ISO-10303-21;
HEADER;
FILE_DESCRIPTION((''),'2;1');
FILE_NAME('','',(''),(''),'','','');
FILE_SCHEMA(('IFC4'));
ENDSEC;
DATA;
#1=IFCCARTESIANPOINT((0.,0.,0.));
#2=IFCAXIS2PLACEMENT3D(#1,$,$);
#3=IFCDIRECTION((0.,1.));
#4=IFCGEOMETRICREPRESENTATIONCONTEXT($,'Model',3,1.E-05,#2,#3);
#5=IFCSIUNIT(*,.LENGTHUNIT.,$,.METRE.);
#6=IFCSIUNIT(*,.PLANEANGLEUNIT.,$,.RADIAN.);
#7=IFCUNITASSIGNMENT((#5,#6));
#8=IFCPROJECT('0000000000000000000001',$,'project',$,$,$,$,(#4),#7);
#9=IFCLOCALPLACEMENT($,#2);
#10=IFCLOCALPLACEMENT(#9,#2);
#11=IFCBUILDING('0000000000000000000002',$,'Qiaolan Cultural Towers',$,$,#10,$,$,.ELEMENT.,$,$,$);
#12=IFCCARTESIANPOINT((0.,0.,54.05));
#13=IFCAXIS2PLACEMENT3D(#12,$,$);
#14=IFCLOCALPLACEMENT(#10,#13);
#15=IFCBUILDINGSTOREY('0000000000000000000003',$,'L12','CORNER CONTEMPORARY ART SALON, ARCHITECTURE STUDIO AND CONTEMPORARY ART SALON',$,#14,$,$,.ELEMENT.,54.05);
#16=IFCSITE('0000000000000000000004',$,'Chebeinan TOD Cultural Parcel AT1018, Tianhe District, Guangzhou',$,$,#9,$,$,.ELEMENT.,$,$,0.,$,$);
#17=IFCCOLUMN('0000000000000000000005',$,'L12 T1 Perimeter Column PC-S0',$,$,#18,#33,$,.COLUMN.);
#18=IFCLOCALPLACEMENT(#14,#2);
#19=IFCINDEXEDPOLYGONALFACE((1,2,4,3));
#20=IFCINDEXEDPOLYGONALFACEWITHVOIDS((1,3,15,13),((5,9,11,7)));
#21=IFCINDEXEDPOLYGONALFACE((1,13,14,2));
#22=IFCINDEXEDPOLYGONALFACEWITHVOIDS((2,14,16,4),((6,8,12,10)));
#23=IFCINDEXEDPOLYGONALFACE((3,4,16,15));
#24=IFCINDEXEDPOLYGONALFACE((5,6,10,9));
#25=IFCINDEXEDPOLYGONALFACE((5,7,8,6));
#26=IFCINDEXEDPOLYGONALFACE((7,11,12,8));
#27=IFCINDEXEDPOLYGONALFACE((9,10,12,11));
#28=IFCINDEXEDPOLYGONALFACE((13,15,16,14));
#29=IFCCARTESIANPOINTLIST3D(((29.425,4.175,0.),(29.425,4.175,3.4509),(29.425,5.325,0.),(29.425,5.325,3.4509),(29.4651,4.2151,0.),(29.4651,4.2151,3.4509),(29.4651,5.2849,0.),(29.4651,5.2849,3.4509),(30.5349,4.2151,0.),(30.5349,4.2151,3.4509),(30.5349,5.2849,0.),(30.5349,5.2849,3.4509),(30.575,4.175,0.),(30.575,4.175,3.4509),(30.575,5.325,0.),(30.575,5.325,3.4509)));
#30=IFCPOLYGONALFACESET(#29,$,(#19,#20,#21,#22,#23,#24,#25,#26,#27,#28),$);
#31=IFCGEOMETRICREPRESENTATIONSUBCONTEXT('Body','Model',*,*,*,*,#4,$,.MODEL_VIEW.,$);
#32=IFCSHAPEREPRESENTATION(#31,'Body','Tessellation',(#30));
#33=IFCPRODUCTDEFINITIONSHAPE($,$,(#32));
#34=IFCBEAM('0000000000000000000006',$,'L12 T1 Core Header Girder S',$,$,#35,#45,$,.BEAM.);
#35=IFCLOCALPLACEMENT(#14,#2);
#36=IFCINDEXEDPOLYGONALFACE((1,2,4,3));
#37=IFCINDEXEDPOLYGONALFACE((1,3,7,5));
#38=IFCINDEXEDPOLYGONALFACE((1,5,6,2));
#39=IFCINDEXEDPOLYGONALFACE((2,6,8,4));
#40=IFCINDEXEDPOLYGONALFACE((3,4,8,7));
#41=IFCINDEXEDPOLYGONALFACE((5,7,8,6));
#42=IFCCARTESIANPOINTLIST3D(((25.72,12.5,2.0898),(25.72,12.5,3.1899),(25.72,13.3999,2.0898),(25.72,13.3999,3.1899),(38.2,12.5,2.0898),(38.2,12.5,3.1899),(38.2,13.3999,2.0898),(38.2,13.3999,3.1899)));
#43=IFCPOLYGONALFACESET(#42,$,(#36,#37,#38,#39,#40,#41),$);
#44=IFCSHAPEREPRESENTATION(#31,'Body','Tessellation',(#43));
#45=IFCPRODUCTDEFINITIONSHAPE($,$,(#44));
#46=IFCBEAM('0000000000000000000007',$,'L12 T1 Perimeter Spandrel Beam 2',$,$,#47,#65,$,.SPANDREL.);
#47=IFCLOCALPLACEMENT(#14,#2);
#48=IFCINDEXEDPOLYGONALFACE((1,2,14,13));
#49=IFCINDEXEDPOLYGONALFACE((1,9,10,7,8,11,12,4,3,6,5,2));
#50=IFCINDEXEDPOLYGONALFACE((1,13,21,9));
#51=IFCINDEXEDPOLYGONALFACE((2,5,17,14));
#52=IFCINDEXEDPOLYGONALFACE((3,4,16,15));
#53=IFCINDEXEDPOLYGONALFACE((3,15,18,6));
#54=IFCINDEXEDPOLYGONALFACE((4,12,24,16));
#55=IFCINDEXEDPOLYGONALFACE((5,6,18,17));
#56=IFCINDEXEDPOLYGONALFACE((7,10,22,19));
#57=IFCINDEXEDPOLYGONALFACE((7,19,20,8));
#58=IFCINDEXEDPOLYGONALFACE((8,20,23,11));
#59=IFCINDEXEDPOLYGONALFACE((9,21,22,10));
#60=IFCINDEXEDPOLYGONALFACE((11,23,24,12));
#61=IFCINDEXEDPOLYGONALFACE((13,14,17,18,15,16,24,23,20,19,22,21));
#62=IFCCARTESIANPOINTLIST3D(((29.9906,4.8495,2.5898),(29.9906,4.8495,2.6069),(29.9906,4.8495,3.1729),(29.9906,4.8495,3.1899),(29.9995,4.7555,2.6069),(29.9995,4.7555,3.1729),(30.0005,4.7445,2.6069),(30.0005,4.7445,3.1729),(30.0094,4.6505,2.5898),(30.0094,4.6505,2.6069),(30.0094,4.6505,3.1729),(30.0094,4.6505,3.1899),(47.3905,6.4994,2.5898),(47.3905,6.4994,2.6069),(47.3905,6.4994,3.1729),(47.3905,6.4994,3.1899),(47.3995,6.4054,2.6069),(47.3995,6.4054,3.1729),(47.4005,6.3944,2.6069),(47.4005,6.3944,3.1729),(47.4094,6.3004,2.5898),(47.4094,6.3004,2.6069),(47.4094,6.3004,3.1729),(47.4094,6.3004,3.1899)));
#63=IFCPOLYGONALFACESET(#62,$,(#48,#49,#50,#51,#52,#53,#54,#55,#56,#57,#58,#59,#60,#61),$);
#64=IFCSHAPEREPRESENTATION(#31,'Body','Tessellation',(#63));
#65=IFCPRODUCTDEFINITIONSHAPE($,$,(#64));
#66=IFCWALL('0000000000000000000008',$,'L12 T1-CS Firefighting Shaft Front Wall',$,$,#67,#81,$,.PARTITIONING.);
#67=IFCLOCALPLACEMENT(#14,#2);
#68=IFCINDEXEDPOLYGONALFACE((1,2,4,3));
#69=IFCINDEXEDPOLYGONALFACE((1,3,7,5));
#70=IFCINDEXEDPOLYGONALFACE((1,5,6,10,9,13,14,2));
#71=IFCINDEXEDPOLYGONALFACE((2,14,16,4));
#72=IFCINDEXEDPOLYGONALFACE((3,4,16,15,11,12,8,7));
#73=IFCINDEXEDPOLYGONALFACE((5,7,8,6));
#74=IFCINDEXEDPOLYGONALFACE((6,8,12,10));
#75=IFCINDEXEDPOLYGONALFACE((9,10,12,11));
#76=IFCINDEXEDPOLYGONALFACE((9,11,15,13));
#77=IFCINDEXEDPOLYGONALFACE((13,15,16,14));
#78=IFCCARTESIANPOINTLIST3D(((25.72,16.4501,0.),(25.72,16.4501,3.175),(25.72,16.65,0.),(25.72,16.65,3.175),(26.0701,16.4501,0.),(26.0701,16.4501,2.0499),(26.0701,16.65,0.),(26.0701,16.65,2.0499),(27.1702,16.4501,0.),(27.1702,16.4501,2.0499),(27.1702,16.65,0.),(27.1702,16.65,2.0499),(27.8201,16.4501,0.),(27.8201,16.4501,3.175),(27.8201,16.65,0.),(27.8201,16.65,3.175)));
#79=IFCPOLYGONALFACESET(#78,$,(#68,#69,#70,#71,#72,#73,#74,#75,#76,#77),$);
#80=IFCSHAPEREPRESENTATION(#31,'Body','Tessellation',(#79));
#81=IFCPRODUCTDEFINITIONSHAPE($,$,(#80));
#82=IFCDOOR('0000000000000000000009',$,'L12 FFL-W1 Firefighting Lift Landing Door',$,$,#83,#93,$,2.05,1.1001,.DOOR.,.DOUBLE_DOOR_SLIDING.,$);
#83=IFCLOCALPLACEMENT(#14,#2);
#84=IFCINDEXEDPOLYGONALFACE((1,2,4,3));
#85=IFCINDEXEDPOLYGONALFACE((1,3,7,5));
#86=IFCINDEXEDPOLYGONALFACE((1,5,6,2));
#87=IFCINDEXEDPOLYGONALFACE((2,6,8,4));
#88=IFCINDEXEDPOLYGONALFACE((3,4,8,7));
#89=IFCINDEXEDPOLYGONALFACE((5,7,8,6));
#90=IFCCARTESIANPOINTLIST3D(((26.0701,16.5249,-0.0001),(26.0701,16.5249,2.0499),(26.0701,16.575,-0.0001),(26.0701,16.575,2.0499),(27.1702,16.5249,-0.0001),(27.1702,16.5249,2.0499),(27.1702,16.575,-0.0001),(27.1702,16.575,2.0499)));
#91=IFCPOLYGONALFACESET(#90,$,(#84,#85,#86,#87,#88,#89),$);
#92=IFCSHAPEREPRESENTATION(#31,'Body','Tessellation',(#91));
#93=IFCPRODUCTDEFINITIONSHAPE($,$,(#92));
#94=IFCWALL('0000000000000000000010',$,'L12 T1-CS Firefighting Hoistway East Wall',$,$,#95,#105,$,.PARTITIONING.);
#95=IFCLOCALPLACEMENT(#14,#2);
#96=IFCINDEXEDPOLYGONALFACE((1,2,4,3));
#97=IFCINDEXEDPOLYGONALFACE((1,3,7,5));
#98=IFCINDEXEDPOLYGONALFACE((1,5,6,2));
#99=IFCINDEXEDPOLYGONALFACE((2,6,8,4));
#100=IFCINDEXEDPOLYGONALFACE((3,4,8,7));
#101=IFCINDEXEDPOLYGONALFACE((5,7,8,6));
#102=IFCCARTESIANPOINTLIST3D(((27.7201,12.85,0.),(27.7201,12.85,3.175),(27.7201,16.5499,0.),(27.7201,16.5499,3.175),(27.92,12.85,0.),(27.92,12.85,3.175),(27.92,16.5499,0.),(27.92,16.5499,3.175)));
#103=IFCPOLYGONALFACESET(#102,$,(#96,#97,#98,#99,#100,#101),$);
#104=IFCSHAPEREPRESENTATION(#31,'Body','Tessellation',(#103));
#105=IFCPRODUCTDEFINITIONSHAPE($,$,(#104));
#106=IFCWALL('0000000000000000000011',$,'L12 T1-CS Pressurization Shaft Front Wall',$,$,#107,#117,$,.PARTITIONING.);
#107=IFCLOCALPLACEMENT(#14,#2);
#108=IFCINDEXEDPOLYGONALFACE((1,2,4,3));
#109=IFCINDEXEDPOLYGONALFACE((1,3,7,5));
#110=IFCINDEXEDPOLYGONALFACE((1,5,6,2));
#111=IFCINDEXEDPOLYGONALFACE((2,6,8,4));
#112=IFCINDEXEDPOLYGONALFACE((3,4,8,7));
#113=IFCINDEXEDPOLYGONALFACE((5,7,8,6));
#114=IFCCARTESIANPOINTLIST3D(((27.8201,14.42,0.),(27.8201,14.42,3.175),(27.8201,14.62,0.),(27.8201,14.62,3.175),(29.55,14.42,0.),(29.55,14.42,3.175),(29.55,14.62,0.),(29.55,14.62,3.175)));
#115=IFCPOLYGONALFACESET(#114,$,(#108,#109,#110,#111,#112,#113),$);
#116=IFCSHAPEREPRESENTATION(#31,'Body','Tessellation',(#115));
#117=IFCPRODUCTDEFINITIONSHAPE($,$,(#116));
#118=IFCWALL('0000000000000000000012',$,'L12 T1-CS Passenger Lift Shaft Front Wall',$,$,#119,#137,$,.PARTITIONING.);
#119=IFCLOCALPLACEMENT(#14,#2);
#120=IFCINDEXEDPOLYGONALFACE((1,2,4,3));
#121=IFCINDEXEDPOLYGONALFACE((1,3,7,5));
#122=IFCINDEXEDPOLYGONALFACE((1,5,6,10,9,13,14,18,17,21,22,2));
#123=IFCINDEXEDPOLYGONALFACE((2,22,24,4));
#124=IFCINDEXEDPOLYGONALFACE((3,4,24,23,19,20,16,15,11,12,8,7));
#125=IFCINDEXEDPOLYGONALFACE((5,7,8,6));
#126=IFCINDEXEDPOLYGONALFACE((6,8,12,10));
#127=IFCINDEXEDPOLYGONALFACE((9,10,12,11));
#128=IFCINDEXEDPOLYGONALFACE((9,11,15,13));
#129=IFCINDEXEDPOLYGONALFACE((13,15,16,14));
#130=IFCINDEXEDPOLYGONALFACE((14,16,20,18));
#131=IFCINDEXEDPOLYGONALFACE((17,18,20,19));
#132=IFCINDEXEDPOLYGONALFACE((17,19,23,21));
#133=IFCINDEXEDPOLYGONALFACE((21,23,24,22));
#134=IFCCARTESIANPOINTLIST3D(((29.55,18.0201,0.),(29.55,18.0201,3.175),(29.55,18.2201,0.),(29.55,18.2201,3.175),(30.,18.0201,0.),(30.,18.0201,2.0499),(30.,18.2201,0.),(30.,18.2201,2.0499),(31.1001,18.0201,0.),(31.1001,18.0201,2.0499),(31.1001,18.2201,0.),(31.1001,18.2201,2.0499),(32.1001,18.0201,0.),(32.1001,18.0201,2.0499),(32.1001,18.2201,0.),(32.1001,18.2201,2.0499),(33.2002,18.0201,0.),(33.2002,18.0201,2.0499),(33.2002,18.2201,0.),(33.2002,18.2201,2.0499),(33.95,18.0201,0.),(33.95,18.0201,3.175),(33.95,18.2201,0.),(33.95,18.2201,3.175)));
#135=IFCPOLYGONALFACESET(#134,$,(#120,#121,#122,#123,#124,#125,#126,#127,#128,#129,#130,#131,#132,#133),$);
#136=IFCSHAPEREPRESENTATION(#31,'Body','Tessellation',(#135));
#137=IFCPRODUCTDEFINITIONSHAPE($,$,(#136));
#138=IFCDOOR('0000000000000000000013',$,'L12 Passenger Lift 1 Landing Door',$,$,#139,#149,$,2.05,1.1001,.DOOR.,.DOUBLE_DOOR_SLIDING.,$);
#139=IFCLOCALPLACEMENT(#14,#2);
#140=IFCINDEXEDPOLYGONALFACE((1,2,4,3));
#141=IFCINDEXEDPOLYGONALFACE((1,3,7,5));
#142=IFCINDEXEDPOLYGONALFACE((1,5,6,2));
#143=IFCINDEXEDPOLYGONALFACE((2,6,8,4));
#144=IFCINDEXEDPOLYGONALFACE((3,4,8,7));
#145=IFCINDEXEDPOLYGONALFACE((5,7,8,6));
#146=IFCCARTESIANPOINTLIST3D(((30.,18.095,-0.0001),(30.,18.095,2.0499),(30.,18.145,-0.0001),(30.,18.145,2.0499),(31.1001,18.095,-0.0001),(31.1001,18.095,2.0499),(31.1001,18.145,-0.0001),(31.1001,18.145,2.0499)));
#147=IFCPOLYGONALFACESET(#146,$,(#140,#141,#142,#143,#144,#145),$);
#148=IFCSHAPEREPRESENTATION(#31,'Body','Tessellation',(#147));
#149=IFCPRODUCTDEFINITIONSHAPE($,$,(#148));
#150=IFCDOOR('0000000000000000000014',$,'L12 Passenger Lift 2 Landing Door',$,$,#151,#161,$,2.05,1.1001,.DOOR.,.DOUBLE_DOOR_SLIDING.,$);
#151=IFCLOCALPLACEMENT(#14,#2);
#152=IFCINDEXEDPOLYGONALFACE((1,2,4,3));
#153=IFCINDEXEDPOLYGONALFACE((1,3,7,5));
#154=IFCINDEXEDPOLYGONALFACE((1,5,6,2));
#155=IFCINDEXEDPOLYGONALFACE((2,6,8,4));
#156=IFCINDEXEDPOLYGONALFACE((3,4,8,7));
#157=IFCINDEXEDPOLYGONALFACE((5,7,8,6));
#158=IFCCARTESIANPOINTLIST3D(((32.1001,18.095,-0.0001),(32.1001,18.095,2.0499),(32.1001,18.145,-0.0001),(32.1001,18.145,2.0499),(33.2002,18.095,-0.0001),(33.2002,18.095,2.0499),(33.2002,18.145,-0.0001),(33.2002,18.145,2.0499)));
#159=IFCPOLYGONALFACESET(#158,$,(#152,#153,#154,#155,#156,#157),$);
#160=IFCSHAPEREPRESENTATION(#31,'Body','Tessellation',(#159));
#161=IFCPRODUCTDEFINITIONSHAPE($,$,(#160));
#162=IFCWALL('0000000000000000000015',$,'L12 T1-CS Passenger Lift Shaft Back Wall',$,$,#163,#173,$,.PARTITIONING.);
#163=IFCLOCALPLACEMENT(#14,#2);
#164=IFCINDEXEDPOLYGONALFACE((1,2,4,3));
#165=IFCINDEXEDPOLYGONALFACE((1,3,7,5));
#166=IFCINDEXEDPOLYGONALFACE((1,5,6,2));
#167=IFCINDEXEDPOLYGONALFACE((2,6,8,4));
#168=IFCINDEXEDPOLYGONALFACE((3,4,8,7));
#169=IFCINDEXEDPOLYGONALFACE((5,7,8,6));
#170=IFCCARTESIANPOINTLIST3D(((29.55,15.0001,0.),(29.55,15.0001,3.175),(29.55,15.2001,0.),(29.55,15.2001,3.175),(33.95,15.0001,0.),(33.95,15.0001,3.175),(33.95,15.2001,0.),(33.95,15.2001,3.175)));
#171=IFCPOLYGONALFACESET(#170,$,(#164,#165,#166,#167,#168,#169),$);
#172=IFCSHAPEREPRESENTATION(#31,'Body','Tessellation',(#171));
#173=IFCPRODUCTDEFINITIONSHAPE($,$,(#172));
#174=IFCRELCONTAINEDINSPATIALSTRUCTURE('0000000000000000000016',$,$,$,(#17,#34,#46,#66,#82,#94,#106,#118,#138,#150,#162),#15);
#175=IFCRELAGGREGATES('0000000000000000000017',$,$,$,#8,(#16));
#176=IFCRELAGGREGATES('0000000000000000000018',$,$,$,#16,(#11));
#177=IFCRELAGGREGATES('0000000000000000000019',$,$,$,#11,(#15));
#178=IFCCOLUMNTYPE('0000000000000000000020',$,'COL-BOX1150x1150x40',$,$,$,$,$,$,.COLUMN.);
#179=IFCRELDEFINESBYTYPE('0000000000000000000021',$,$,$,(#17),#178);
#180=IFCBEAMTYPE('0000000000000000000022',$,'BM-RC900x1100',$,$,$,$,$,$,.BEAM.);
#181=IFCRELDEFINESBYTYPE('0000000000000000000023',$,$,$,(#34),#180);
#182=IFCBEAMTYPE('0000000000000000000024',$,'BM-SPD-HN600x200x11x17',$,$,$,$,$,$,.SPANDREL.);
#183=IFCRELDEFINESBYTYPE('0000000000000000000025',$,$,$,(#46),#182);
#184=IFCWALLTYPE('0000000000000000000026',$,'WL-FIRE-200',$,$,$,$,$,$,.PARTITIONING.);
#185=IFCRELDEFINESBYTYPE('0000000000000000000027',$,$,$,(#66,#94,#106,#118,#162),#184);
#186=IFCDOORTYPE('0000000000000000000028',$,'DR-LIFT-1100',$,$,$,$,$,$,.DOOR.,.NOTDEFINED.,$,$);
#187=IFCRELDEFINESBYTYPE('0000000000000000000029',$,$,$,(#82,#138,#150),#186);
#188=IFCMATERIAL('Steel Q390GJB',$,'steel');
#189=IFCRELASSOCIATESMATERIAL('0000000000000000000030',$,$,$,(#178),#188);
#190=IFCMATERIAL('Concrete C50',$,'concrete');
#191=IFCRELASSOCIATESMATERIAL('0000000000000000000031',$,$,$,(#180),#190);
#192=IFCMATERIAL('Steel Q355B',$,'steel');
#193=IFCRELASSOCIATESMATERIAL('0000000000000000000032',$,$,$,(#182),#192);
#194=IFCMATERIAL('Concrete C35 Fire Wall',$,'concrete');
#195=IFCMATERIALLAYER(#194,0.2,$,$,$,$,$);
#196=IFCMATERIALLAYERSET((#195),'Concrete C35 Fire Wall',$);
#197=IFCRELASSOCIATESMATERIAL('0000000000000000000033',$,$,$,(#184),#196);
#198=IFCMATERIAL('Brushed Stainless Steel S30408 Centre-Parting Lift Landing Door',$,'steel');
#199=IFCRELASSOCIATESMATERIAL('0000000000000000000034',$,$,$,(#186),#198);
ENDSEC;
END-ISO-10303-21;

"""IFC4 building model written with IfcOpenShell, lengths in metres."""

from ifc_helpers import new_model, si_unit, direction, frame, frame_2d, origin, origin_2d, place, context, subcontext, project, spatial, rectangle, hollow_rectangle, i_section, extrude, material, layer, layer_set, material_profile, profile_set, type_object, element, fill, save


model = new_model("IFC4")

# Units and contexts
model_context = context("Model", 3, precision=1e-05, world=origin(), true_north=direction((0.0, 1.0)))
body_context = subcontext(model_context, "Body", "Model", "MODEL_VIEW")
ifc_project = project(units=[si_unit("LENGTHUNIT", "METRE"), si_unit("PLANEANGLEUNIT", "RADIAN")], contexts=[model_context])

# Site, building, storey
site_placement = place(None, origin())
site = spatial("IfcSite", under=ifc_project, at=site_placement, Name="Chebeinan TOD Cultural Parcel AT1018, Tianhe District, Guangzhou", CompositionType="ELEMENT", RefElevation=0.0)
building_placement = place(site_placement, origin())
building = spatial("IfcBuilding", under=site, at=building_placement, Name="Qiaolan Cultural Towers", CompositionType="ELEMENT")
storey_placement = place(building_placement, frame((0.0, 0.0, 54.05)))
storey = spatial("IfcBuildingStorey", under=building, at=storey_placement, Name="L12", Description="CORNER CONTEMPORARY ART SALON, ARCHITECTURE STUDIO AND CONTEMPORARY ART SALON", CompositionType="ELEMENT", Elevation=54.05)

# Column
ifc_material_1 = material(Name="Steel Q390GJB", Category="steel")
ifc_material_profile_1 = material_profile(ifc_material_1, hollow_rectangle(XDim=1.1499, YDim=1.1499, WallThickness=0.04, at=origin_2d()), Name="BOX1150x1150x40")
ifc_profile_set_1 = profile_set([ifc_material_profile_1], Name="Steel Q390GJB")
column_type = type_object("IfcColumnType", Name="COL-BOX1150x1150x40", PredefinedType="COLUMN", material=ifc_profile_set_1)
column_placement = place(storey_placement, frame((30.0, 4.75, 0.0), z_axis=(0.0, 0.0, 1.0), x_axis=(1.0, 0.0, 0.0)))
element("IfcColumn", 1, at=column_placement, inside=storey, type_object=column_type, Name="L12 T1 Perimeter Column PC-S0", PredefinedType="COLUMN", context=body_context, shape_type="SweptSolid", body=[
    extrude(hollow_rectangle(XDim=1.1499, YDim=1.1499, WallThickness=0.04, at=origin_2d()), origin(), (0.0, 0.0, 1.0), 3.4509),
])

# Beams
ifc_material_2 = material(Name="Concrete C50", Category="concrete")
ifc_material_profile_2 = material_profile(ifc_material_2, rectangle(XDim=0.8999, YDim=1.1001, at=origin_2d()), Name="RC900x1100")
ifc_profile_set_2 = profile_set([ifc_material_profile_2], Name="Concrete C50")
beam_type_1 = type_object("IfcBeamType", Name="BM-RC900x1100", PredefinedType="BEAM", material=ifc_profile_set_2)
beam_1_placement = place(storey_placement, frame((25.72, 12.95, 2.6399), z_axis=(1.0, 0.0, 0.0), x_axis=(0.0, 1.0, 0.0)))
element("IfcBeam", 2, at=beam_1_placement, inside=storey, type_object=beam_type_1, Name="L12 T1 Core Header Girder S", PredefinedType="BEAM", context=body_context, shape_type="SweptSolid", body=[
    extrude(rectangle(XDim=0.8999, YDim=1.1001, at=origin_2d()), origin(), (0.0, 0.0, 1.0), 12.48),
])
ifc_material_3 = material(Name="Steel Q355B", Category="steel")
ifc_material_profile_3 = material_profile(ifc_material_3, i_section(OverallWidth=0.2, OverallDepth=0.6001, WebThickness=0.011, FlangeThickness=0.0171, at=origin_2d()), Name="HN600x200x11x17")
ifc_profile_set_3 = profile_set([ifc_material_profile_3], Name="Steel Q355B")
beam_type_2 = type_object("IfcBeamType", Name="BM-SPD-HN600x200x11x17", PredefinedType="SPANDREL", material=ifc_profile_set_3)
beam_2_placement = place(storey_placement, frame((30.0, 4.75, 2.8899), z_axis=(0.995534, 0.094399, 0.0), x_axis=(-0.094399, 0.995534, 0.0)))
element("IfcBeam", 3, at=beam_2_placement, inside=storey, type_object=beam_type_2, Name="L12 T1 Perimeter Spandrel Beam 2", PredefinedType="SPANDREL", context=body_context, shape_type="SweptSolid", body=[
    extrude(i_section(OverallWidth=0.2, OverallDepth=0.6001, WebThickness=0.011, FlangeThickness=0.0171, at=origin_2d()), origin(), (0.0, 0.0, 1.0), 17.478),
])

# Wall, opening, door
ifc_material_4 = material(Name="Concrete C35 Fire Wall", Category="concrete")
ifc_layer = layer(ifc_material_4, 0.2)
ifc_layer_set = layer_set([ifc_layer], Name="Concrete C35 Fire Wall")
wall_type = type_object("IfcWallType", Name="WL-FIRE-200", PredefinedType="PARTITIONING", material=ifc_layer_set)
wall_1_placement = place(storey_placement, frame((25.72, 16.55, 0.0), z_axis=(0.0, 0.0, 1.0), x_axis=(1.0, 0.0, 0.0)))
wall_1 = element("IfcWall", 4, at=wall_1_placement, inside=storey, type_object=wall_type, Name="L12 T1-CS Firefighting Shaft Front Wall", PredefinedType="PARTITIONING", context=body_context, shape_type="SweptSolid", body=[
    extrude(rectangle(XDim=2.1001, YDim=0.2, at=frame_2d((1.05, 0.0))), origin(), (0.0, 0.0, 1.0), 3.175),
])
opening_1_placement = place(wall_1_placement, frame((0.3501, 0.0, 0.0)))
opening_1 = element("IfcOpeningElement", 5, at=opening_1_placement, cuts=wall_1, PredefinedType="OPENING", context=body_context, shape_type="SweptSolid", body=[
    extrude(rectangle(XDim=1.1001, YDim=2.05, at=frame_2d((0.55, 1.0249))), frame((0.0, 0.1099, 0.0), z_axis=(0.0, -1.0, 0.0), x_axis=(1.0, 0.0, 0.0)), (0.0, 0.0, 1.0), 0.22),
])
ifc_material_5 = material(Name="Brushed Stainless Steel S30408 Centre-Parting Lift Landing Door", Category="steel")
door_type = type_object("IfcDoorType", Name="DR-LIFT-1100", OperationType="NOTDEFINED", PredefinedType="DOOR", material=ifc_material_5)
door_1_placement = place(opening_1_placement, origin())
door_1 = element("IfcDoor", 6, at=door_1_placement, inside=storey, type_object=door_type, Name="L12 FFL-W1 Firefighting Lift Landing Door", OperationType="DOUBLE_DOOR_SLIDING", OverallHeight=2.05, OverallWidth=1.1001, PredefinedType="DOOR", context=body_context, shape_type="SweptSolid", body=[
    extrude(rectangle(XDim=1.1001, YDim=2.05, at=frame_2d((0.55, 1.0249))), frame((0.0, 0.0249, 0.0), z_axis=(0.0, -1.0, 0.0), x_axis=(1.0, 0.0, 0.0)), (0.0, 0.0, 1.0), 0.05),
])
fill(opening_1, door_1)

# Walls
wall_2_placement = place(storey_placement, frame((27.8201, 16.55, 0.0), z_axis=(0.0, 0.0, 1.0), x_axis=(0.0, -1.0, 0.0)))
element("IfcWall", 7, at=wall_2_placement, inside=storey, type_object=wall_type, Name="L12 T1-CS Firefighting Hoistway East Wall", PredefinedType="PARTITIONING", context=body_context, shape_type="SweptSolid", body=[
    extrude(rectangle(XDim=3.7, YDim=0.2, at=frame_2d((1.8501, 0.0))), origin(), (0.0, 0.0, 1.0), 3.175),
])
wall_3_placement = place(storey_placement, frame((27.8201, 14.52, 0.0), z_axis=(0.0, 0.0, 1.0), x_axis=(1.0, 0.0, 0.0)))
element("IfcWall", 8, at=wall_3_placement, inside=storey, type_object=wall_type, Name="L12 T1-CS Pressurization Shaft Front Wall", PredefinedType="PARTITIONING", context=body_context, shape_type="SweptSolid", body=[
    extrude(rectangle(XDim=1.73, YDim=0.2, at=frame_2d((0.865, 0.0))), origin(), (0.0, 0.0, 1.0), 3.175),
])

# Wall, openings, doors
wall_4_placement = place(storey_placement, frame((29.55, 18.1201, 0.0), z_axis=(0.0, 0.0, 1.0), x_axis=(1.0, 0.0, 0.0)))
wall_4 = element("IfcWall", 9, at=wall_4_placement, inside=storey, type_object=wall_type, Name="L12 T1-CS Passenger Lift Shaft Front Wall", PredefinedType="PARTITIONING", context=body_context, shape_type="SweptSolid", body=[
    extrude(rectangle(XDim=4.3999, YDim=0.2, at=frame_2d((2.2, 0.0))), origin(), (0.0, 0.0, 1.0), 3.175),
])
opening_2_placement = place(wall_4_placement, frame((0.45, 0.0, 0.0)))
opening_2 = element("IfcOpeningElement", 10, at=opening_2_placement, cuts=wall_4, PredefinedType="OPENING", context=body_context, shape_type="SweptSolid", body=[
    extrude(rectangle(XDim=1.1001, YDim=2.05, at=frame_2d((0.55, 1.0249))), frame((0.0, 0.1099, 0.0), z_axis=(0.0, -1.0, 0.0), x_axis=(1.0, 0.0, 0.0)), (0.0, 0.0, 1.0), 0.22),
])
opening_3_placement = place(wall_4_placement, frame((2.55, 0.0, 0.0)))
opening_3 = element("IfcOpeningElement", 11, at=opening_3_placement, cuts=wall_4, PredefinedType="OPENING", context=body_context, shape_type="SweptSolid", body=[
    extrude(rectangle(XDim=1.1001, YDim=2.05, at=frame_2d((0.55, 1.0249))), frame((0.0, 0.1099, 0.0), z_axis=(0.0, -1.0, 0.0), x_axis=(1.0, 0.0, 0.0)), (0.0, 0.0, 1.0), 0.22),
])
door_2_placement = place(opening_2_placement, origin())
door_2 = element("IfcDoor", 12, at=door_2_placement, inside=storey, type_object=door_type, Name="L12 Passenger Lift 1 Landing Door", OperationType="DOUBLE_DOOR_SLIDING", OverallHeight=2.05, OverallWidth=1.1001, PredefinedType="DOOR", context=body_context, shape_type="SweptSolid", body=[
    extrude(rectangle(XDim=1.1001, YDim=2.05, at=frame_2d((0.55, 1.0249))), frame((0.0, 0.0249, 0.0), z_axis=(0.0, -1.0, 0.0), x_axis=(1.0, 0.0, 0.0)), (0.0, 0.0, 1.0), 0.05),
])
fill(opening_2, door_2)
door_3_placement = place(opening_3_placement, origin())
door_3 = element("IfcDoor", 13, at=door_3_placement, inside=storey, type_object=door_type, Name="L12 Passenger Lift 2 Landing Door", OperationType="DOUBLE_DOOR_SLIDING", OverallHeight=2.05, OverallWidth=1.1001, PredefinedType="DOOR", context=body_context, shape_type="SweptSolid", body=[
    extrude(rectangle(XDim=1.1001, YDim=2.05, at=frame_2d((0.55, 1.0249))), frame((0.0, 0.0249, 0.0), z_axis=(0.0, -1.0, 0.0), x_axis=(1.0, 0.0, 0.0)), (0.0, 0.0, 1.0), 0.05),
])
fill(opening_3, door_3)

# Wall
wall_5_placement = place(storey_placement, frame((29.55, 15.1001, 0.0), z_axis=(0.0, 0.0, 1.0), x_axis=(1.0, 0.0, 0.0)))
element("IfcWall", 14, at=wall_5_placement, inside=storey, type_object=wall_type, Name="L12 T1-CS Passenger Lift Shaft Back Wall", PredefinedType="PARTITIONING", context=body_context, shape_type="SweptSolid", body=[
    extrude(rectangle(XDim=4.3999, YDim=0.2, at=frame_2d((2.2, 0.0))), origin(), (0.0, 0.0, 1.0), 3.175),
])

save(model, "model.ifc")
